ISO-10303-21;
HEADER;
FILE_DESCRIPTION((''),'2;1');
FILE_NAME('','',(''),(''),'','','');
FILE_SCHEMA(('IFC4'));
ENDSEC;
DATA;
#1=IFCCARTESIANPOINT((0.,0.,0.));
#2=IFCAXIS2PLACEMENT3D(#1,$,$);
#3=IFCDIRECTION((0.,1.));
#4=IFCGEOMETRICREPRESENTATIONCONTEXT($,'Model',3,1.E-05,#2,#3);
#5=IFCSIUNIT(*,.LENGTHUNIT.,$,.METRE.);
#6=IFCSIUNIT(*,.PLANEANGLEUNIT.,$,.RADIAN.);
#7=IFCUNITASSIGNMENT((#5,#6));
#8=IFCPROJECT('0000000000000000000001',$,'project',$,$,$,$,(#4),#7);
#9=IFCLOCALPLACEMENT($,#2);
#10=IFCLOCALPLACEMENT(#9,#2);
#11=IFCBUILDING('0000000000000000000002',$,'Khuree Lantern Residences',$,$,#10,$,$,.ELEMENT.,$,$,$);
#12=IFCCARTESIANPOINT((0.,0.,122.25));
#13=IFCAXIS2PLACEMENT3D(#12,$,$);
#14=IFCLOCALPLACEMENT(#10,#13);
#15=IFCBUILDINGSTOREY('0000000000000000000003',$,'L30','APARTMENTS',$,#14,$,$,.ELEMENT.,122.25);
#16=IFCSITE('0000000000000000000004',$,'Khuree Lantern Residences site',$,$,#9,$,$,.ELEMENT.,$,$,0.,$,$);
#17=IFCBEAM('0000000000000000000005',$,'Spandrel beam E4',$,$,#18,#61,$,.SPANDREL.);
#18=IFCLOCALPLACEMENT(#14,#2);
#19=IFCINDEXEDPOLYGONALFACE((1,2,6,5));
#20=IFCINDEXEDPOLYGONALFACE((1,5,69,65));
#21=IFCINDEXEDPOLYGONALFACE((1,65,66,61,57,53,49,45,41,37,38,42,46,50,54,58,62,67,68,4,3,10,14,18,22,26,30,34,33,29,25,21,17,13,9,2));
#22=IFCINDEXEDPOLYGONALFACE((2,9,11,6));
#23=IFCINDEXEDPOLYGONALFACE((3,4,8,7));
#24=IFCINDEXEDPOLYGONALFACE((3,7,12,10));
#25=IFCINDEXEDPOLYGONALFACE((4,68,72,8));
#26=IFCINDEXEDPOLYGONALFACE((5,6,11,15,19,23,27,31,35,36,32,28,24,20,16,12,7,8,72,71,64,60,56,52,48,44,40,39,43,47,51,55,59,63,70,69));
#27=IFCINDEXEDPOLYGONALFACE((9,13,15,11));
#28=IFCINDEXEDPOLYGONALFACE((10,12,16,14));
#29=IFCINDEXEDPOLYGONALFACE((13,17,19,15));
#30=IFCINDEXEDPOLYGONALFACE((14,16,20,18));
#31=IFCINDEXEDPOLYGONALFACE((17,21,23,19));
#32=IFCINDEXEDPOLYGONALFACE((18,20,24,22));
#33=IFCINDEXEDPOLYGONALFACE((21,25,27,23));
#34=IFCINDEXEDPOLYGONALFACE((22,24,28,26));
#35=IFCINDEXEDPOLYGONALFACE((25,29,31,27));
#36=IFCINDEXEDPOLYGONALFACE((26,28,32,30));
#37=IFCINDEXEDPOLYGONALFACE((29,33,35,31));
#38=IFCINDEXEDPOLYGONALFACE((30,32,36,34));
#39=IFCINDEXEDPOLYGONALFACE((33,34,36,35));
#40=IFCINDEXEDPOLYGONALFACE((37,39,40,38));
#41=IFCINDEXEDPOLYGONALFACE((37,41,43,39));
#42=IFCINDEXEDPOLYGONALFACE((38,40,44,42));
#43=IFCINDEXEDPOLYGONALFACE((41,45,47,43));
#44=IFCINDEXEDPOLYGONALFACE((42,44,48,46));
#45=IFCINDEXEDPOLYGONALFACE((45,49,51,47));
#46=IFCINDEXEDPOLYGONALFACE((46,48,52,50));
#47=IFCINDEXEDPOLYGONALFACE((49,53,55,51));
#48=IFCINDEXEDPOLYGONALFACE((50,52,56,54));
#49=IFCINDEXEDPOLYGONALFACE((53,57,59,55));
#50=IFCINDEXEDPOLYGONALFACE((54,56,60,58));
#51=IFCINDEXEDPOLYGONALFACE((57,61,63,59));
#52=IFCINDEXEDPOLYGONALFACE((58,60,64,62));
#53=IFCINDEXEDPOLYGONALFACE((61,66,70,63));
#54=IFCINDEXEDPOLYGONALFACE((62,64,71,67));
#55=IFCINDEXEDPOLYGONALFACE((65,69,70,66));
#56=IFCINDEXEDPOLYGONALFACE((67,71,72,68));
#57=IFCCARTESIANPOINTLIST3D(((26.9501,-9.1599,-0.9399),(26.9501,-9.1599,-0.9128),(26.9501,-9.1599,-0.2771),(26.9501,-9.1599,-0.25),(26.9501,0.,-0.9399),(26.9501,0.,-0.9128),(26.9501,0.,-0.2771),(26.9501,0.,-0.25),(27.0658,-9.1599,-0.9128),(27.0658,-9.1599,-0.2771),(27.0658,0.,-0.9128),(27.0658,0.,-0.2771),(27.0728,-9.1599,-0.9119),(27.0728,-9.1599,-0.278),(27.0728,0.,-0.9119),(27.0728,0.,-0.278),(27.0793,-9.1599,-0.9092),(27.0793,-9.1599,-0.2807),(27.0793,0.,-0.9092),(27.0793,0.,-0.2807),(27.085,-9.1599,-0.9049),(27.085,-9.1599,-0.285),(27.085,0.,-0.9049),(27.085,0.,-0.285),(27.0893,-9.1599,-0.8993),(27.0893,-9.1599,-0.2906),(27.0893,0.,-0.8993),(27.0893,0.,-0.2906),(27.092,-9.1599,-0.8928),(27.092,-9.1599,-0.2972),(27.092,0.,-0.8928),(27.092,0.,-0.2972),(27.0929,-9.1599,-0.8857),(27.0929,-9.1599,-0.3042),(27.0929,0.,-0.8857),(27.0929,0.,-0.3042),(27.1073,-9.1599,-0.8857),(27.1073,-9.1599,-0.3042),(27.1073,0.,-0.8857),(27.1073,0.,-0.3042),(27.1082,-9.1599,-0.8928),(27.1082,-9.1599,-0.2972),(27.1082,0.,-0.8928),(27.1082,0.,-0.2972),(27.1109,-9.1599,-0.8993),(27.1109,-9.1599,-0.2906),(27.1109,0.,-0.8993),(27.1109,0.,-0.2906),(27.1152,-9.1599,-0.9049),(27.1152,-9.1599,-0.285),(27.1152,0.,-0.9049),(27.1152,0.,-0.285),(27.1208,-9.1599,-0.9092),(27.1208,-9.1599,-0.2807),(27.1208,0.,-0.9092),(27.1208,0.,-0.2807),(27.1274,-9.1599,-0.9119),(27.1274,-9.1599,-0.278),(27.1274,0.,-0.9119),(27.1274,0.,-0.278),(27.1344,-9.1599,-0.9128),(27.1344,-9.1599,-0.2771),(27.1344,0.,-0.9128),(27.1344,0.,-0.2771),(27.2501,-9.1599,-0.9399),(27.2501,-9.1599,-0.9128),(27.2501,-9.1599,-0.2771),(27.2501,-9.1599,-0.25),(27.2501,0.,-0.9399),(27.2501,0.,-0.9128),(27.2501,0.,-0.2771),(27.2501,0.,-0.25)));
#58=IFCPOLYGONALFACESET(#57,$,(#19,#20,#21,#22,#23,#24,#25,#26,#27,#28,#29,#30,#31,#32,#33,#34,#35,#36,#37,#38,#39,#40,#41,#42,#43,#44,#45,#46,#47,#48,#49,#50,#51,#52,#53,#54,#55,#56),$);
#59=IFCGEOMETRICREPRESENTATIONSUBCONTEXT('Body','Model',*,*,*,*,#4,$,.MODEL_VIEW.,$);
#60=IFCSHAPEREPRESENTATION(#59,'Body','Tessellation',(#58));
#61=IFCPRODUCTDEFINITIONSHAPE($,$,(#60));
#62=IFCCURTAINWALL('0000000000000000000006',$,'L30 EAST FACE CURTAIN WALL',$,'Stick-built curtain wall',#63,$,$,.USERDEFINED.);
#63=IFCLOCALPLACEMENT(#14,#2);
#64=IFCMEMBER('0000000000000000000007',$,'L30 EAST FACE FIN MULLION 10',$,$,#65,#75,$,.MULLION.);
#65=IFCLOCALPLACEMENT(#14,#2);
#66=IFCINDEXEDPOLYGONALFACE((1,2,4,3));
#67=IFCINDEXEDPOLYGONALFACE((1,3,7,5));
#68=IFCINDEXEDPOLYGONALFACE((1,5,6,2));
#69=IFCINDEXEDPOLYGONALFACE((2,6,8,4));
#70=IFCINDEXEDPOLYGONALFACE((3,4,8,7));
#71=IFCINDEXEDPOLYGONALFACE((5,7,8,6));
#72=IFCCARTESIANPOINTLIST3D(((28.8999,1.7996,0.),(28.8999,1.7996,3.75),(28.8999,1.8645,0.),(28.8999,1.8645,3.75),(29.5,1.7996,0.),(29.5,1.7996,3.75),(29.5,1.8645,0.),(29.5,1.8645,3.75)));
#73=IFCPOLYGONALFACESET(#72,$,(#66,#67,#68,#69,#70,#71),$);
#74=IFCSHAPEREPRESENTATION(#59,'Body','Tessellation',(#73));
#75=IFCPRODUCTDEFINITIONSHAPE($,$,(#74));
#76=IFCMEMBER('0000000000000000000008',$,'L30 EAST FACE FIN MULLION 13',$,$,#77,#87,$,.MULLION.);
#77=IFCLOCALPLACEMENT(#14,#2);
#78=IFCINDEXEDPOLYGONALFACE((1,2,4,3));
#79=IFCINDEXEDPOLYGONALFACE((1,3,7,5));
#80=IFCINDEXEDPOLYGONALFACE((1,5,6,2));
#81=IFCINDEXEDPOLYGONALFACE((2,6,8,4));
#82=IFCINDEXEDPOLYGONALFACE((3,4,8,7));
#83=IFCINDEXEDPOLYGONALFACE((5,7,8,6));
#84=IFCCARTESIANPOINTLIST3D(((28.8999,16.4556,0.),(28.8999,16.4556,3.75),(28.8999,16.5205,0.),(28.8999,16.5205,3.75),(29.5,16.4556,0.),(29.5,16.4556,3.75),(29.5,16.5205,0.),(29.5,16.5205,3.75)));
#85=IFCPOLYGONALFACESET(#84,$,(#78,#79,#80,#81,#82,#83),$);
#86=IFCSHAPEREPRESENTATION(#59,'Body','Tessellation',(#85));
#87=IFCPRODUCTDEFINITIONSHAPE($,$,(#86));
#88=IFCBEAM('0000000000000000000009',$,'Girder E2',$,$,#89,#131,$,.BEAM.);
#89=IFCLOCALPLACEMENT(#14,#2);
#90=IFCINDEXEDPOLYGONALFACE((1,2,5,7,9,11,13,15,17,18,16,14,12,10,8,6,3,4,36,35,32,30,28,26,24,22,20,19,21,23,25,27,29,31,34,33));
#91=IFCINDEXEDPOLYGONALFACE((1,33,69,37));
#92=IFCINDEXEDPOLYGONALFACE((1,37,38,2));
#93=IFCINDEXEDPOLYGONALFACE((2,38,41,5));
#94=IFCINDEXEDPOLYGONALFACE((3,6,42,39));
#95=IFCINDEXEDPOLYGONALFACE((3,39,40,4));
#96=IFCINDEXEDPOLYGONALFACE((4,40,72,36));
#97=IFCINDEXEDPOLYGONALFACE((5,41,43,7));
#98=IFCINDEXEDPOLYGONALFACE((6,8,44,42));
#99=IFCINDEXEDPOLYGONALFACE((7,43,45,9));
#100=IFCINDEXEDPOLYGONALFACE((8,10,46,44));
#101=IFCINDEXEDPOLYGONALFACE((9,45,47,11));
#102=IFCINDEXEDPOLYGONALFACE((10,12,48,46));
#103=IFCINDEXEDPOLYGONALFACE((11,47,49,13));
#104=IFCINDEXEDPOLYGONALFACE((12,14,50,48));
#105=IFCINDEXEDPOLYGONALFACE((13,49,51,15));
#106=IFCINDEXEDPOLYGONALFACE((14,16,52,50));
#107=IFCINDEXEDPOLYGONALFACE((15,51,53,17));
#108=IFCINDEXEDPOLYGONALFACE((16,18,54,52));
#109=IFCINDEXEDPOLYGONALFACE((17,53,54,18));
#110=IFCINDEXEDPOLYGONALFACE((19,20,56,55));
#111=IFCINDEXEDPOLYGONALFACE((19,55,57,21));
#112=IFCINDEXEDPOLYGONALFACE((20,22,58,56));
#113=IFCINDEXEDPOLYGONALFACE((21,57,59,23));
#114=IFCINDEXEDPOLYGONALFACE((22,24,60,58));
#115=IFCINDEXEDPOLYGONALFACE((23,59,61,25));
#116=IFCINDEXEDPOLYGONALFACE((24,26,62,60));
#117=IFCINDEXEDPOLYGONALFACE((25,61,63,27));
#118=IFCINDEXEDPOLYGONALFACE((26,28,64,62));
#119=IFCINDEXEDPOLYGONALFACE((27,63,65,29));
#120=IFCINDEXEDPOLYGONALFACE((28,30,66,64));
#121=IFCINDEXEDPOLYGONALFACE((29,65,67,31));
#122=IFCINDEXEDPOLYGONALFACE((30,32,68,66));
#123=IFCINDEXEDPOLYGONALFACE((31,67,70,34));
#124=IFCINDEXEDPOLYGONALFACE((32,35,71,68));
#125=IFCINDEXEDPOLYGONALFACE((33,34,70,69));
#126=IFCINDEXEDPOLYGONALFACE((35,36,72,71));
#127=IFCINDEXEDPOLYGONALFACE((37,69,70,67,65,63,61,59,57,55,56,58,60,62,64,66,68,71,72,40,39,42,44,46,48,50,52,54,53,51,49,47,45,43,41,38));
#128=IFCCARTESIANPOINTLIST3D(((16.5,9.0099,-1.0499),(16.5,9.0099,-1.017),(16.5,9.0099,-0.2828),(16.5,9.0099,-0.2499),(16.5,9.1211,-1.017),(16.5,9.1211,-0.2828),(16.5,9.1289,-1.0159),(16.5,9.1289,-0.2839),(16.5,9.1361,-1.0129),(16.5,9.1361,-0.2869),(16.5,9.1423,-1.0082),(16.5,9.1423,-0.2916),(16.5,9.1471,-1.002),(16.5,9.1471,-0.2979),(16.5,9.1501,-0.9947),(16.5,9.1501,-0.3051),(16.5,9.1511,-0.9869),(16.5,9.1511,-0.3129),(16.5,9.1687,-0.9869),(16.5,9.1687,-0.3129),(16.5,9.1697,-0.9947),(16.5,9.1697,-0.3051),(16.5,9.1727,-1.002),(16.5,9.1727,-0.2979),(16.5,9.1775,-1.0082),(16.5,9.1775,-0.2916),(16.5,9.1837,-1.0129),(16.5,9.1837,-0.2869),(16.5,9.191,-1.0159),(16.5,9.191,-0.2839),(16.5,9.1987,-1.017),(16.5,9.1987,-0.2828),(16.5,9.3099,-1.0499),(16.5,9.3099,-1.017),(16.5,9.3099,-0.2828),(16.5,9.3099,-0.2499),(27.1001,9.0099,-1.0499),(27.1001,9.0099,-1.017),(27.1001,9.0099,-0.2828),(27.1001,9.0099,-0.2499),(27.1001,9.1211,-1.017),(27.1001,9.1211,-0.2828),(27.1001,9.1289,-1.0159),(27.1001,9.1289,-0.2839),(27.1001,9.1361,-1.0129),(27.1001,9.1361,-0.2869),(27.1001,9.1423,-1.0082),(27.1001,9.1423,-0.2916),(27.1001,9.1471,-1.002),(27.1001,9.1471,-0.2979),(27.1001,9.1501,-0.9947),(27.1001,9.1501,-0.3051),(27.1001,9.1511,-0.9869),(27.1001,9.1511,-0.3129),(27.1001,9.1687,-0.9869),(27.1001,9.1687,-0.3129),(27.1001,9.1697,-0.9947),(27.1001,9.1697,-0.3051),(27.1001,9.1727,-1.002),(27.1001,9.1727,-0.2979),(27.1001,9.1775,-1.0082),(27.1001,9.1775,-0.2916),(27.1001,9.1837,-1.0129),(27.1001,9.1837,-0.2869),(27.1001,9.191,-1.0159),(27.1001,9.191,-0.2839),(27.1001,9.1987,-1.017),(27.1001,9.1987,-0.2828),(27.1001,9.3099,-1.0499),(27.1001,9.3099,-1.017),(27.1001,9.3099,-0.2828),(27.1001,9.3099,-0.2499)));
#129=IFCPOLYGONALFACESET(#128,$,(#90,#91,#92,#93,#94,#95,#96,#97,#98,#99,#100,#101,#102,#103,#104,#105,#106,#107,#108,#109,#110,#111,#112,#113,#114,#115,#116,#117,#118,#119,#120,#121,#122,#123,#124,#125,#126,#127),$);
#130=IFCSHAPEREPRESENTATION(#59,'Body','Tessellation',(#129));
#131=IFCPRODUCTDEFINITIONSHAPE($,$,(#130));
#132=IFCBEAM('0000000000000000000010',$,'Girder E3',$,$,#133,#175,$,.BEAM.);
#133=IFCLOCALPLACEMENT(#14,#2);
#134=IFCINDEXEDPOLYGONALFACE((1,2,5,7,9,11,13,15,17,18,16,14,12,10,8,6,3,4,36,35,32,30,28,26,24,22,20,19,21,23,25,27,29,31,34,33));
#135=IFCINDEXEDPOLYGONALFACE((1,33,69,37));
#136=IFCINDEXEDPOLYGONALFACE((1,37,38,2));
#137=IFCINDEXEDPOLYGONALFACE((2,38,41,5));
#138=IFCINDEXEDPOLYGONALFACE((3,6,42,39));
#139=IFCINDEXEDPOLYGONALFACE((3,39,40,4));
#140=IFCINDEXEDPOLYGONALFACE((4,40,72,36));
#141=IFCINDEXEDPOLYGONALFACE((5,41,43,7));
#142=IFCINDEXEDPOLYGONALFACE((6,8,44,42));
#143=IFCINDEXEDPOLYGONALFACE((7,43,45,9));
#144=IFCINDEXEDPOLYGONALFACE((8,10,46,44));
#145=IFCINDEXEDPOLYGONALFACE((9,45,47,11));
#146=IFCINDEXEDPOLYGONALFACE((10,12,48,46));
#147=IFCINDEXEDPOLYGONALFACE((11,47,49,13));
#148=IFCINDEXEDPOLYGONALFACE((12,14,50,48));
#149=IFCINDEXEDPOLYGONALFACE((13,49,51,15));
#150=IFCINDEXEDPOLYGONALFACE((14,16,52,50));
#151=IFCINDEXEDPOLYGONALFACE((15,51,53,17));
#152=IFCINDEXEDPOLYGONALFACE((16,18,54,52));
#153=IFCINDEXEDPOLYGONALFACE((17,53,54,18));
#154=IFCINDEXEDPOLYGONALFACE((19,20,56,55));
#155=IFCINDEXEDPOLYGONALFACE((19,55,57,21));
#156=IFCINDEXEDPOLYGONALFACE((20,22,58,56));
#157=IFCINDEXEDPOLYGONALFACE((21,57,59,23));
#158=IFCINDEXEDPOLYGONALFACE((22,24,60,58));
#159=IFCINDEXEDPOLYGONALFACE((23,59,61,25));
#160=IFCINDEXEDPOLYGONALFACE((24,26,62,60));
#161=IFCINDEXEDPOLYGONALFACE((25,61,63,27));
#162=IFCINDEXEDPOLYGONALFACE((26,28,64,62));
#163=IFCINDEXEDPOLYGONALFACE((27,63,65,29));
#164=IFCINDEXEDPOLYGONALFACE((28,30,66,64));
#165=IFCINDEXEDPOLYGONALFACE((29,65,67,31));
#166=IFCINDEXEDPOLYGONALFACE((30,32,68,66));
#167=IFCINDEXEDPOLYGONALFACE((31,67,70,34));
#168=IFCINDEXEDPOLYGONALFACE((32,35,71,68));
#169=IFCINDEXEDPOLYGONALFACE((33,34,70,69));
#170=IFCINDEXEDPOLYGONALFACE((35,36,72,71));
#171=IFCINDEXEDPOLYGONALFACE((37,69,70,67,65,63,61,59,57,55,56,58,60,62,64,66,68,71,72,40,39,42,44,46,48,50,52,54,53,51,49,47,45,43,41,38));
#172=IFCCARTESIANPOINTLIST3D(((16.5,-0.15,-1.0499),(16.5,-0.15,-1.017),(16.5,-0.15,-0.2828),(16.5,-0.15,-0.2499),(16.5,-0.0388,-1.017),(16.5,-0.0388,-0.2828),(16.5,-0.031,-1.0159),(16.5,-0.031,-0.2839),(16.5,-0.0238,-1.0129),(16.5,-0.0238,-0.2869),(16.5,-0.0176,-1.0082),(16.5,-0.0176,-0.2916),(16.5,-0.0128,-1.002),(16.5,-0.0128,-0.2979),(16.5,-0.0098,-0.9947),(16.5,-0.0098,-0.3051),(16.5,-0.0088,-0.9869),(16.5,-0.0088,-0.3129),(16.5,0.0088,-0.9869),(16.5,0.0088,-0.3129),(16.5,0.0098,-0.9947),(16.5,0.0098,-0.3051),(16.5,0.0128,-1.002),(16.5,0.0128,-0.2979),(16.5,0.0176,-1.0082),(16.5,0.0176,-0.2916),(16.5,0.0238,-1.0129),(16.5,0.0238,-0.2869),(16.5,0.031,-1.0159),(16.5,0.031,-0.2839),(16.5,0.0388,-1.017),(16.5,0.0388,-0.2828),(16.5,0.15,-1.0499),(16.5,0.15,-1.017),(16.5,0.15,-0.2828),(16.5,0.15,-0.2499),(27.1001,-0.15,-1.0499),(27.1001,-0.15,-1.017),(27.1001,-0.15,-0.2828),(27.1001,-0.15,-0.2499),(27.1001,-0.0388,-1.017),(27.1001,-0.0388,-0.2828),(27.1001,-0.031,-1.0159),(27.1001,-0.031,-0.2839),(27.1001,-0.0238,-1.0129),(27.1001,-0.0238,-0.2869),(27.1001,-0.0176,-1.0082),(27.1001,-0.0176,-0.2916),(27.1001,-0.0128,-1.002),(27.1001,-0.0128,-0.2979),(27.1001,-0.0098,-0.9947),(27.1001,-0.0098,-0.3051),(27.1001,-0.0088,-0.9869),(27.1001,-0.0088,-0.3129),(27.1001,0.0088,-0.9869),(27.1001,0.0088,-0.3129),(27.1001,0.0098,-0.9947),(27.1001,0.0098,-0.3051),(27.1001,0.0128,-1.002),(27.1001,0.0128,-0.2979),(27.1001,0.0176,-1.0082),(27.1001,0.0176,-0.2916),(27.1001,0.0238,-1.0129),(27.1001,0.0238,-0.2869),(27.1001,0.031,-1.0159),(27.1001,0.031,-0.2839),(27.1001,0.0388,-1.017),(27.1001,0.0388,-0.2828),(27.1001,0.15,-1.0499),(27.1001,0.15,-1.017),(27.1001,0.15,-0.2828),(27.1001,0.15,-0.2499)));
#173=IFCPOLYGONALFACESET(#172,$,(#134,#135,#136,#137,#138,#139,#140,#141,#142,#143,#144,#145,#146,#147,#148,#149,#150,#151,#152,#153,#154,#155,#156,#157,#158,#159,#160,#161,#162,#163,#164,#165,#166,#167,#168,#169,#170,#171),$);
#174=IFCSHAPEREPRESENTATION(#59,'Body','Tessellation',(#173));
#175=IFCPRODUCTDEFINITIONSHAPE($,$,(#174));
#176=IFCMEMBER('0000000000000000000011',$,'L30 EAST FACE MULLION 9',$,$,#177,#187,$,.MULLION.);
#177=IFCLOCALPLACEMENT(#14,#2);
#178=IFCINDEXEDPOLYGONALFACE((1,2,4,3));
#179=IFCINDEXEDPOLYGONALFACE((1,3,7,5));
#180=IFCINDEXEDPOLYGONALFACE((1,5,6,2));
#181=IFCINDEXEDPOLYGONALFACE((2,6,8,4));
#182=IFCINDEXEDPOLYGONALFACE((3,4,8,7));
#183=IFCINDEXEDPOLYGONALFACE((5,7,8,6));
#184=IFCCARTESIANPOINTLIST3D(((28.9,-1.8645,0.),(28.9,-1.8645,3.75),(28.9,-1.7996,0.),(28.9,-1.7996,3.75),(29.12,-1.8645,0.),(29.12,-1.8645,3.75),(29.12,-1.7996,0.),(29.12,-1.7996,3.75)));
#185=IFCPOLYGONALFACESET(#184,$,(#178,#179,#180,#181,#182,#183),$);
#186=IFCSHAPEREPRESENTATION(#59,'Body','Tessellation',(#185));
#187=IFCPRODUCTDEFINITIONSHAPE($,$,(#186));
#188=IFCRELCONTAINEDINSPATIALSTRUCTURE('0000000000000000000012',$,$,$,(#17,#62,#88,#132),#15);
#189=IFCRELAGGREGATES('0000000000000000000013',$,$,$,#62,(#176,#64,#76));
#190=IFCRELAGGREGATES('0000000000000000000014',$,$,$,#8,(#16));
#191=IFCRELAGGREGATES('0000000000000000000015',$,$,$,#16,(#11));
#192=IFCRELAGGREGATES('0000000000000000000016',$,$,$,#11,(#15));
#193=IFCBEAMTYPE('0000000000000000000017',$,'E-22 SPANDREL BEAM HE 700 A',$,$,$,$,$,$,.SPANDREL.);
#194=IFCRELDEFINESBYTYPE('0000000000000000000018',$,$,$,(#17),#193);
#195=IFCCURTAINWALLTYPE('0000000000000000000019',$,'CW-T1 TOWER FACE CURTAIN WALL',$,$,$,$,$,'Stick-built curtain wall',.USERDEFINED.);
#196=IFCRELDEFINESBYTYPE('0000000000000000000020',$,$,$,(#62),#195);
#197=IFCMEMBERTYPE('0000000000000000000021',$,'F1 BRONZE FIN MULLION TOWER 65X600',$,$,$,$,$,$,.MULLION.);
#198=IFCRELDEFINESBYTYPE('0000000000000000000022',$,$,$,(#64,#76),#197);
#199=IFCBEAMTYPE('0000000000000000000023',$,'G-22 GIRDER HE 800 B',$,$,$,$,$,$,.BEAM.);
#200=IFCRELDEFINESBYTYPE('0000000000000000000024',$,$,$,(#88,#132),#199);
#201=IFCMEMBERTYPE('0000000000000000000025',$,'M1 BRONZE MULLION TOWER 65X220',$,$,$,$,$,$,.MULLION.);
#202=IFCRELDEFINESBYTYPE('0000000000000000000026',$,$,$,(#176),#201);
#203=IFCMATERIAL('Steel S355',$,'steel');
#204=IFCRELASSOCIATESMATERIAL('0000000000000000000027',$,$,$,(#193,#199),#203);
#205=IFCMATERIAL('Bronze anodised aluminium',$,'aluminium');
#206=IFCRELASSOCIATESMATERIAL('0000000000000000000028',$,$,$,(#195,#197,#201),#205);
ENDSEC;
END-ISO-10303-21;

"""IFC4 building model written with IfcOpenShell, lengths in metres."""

from ifc_helpers import new_model, si_unit, direction, frame, origin, origin_2d, place, context, subcontext, project, spatial, rectangle, i_section, extrude, material, material_profile, profile_set, type_object, element, aggregate, save


model = new_model("IFC4")

# Units and contexts
model_context = context("Model", 3, precision=1e-05, world=origin(), true_north=direction((0.0, 1.0)))
body_context = subcontext(model_context, "Body", "Model", "MODEL_VIEW")
ifc_project = project(units=[si_unit("LENGTHUNIT", "METRE"), si_unit("PLANEANGLEUNIT", "RADIAN")], contexts=[model_context])

# Site, building, storey
site_placement = place(None, origin())
site = spatial("IfcSite", under=ifc_project, at=site_placement, Name="Khuree Lantern Residences site", CompositionType="ELEMENT", RefElevation=0.0)
building_placement = place(site_placement, origin())
building = spatial("IfcBuilding", under=site, at=building_placement, Name="Khuree Lantern Residences", CompositionType="ELEMENT")
storey_placement = place(building_placement, frame((0.0, 0.0, 122.25)))
storey = spatial("IfcBuildingStorey", under=building, at=storey_placement, Name="L30", Description="APARTMENTS", CompositionType="ELEMENT", Elevation=122.25)

# Beam
ifc_material_1 = material(Name="Steel S355", Category="steel")
ifc_material_profile_1 = material_profile(ifc_material_1, i_section(OverallWidth=0.3, OverallDepth=0.6899, WebThickness=0.0144, FlangeThickness=0.0271, FilletRadius=0.0271, at=origin_2d()), Name="HE 700 A")
ifc_profile_set_1 = profile_set([ifc_material_profile_1], Name="Steel S355")
beam_type_1 = type_object("IfcBeamType", Name="E-22 SPANDREL BEAM HE 700 A", PredefinedType="SPANDREL", material=ifc_profile_set_1)
for number, where, z_axis, x_axis, name in (
    (1, (27.1001, 0.0, -0.595), (0.0, -1.0, 0.0), (1.0, 0.0, 0.0), "Spandrel beam E4"),
):
    element("IfcBeam", number, at=place(storey_placement, frame(where, z_axis=z_axis, x_axis=x_axis)), inside=storey, type_object=beam_type_1, Name=name, PredefinedType="SPANDREL", context=body_context, shape_type="SweptSolid", body=[
        extrude(i_section(OverallWidth=0.3, OverallDepth=0.6899, WebThickness=0.0144, FlangeThickness=0.0271, FilletRadius=0.0271, at=origin_2d()), origin(), (0.0, 0.0, 1.0), 9.1599),
    ])

# Curtain wall, members
ifc_material_2 = material(Name="Bronze anodised aluminium", Category="aluminium")
curtain_wall_type = type_object("IfcCurtainWallType", Name="CW-T1 TOWER FACE CURTAIN WALL", ElementType="Stick-built curtain wall", PredefinedType="USERDEFINED", material=ifc_material_2)
curtain_wall_placement = place(storey_placement, origin())
curtain_wall = element("IfcCurtainWall", 2, at=curtain_wall_placement, inside=storey, type_object=curtain_wall_type, Name="L30 EAST FACE CURTAIN WALL", ObjectType="Stick-built curtain wall", PredefinedType="USERDEFINED")
ifc_material_profile_2 = material_profile(ifc_material_2, rectangle(XDim=0.0649, YDim=0.6001, at=origin_2d()), Name="F1 65X600")
ifc_profile_set_2 = profile_set([ifc_material_profile_2], Name="Bronze anodised aluminium")
member_type_1 = type_object("IfcMemberType", Name="F1 BRONZE FIN MULLION TOWER 65X600", PredefinedType="MULLION", material=ifc_profile_set_2)
member_1_placement = place(storey_placement, frame((29.2, 1.832, 0.0), z_axis=(0.0, 0.0, 1.0), x_axis=(0.0, 1.0, 0.0)))
member_1 = element("IfcMember", 3, at=member_1_placement, type_object=member_type_1, Name="L30 EAST FACE FIN MULLION 10", PredefinedType="MULLION", context=body_context, shape_type="SweptSolid", body=[
    extrude(rectangle(XDim=0.0649, YDim=0.6001, at=origin_2d()), origin(), (0.0, 0.0, 1.0), 3.75),
])
member_2_placement = place(storey_placement, frame((29.2, 16.488, 0.0), z_axis=(0.0, 0.0, 1.0), x_axis=(0.0, 1.0, 0.0)))
member_2 = element("IfcMember", 4, at=member_2_placement, type_object=member_type_1, Name="L30 EAST FACE FIN MULLION 13", PredefinedType="MULLION", context=body_context, shape_type="SweptSolid", body=[
    extrude(rectangle(XDim=0.0649, YDim=0.6001, at=origin_2d()), origin(), (0.0, 0.0, 1.0), 3.75),
])

# Beams
ifc_material_profile_3 = material_profile(ifc_material_1, i_section(OverallWidth=0.3, OverallDepth=0.8, WebThickness=0.0176, FlangeThickness=0.033, FilletRadius=0.03, at=origin_2d()), Name="HE 800 B")
ifc_profile_set_3 = profile_set([ifc_material_profile_3], Name="Steel S355")
beam_type_2 = type_object("IfcBeamType", Name="G-22 GIRDER HE 800 B", PredefinedType="BEAM", material=ifc_profile_set_3)
for number, where, z_axis, x_axis, name in (
    (5, (27.1001, 9.1599, -0.6499), (-1.0, 0.0, 0.0), (0.0, -1.0, 0.0), "Girder E2"),
    (6, (27.1001, 0.0, -0.6499), (-1.0, 0.0, 0.0), (0.0, -1.0, 0.0), "Girder E3"),
):
    element("IfcBeam", number, at=place(storey_placement, frame(where, z_axis=z_axis, x_axis=x_axis)), inside=storey, type_object=beam_type_2, Name=name, PredefinedType="BEAM", context=body_context, shape_type="SweptSolid", body=[
        extrude(i_section(OverallWidth=0.3, OverallDepth=0.8, WebThickness=0.0176, FlangeThickness=0.033, FilletRadius=0.03, at=origin_2d()), origin(), (0.0, 0.0, 1.0), 10.6001),
    ])

# Member
ifc_material_profile_4 = material_profile(ifc_material_2, rectangle(XDim=0.0649, YDim=0.22, at=origin_2d()), Name="M1 65X220")
ifc_profile_set_4 = profile_set([ifc_material_profile_4], Name="Bronze anodised aluminium")
member_type_2 = type_object("IfcMemberType", Name="M1 BRONZE MULLION TOWER 65X220", PredefinedType="MULLION", material=ifc_profile_set_4)
member_3_placement = place(storey_placement, frame((29.01, -1.832, 0.0), z_axis=(0.0, 0.0, 1.0), x_axis=(0.0, 1.0, 0.0)))
member_3 = element("IfcMember", 7, at=member_3_placement, type_object=member_type_2, Name="L30 EAST FACE MULLION 9", PredefinedType="MULLION", context=body_context, shape_type="SweptSolid", body=[
    extrude(rectangle(XDim=0.0649, YDim=0.22, at=origin_2d()), origin(), (0.0, 0.0, 1.0), 3.75),
])

aggregate(curtain_wall, [member_3, member_1, member_2])

save(model, "model.ifc")
